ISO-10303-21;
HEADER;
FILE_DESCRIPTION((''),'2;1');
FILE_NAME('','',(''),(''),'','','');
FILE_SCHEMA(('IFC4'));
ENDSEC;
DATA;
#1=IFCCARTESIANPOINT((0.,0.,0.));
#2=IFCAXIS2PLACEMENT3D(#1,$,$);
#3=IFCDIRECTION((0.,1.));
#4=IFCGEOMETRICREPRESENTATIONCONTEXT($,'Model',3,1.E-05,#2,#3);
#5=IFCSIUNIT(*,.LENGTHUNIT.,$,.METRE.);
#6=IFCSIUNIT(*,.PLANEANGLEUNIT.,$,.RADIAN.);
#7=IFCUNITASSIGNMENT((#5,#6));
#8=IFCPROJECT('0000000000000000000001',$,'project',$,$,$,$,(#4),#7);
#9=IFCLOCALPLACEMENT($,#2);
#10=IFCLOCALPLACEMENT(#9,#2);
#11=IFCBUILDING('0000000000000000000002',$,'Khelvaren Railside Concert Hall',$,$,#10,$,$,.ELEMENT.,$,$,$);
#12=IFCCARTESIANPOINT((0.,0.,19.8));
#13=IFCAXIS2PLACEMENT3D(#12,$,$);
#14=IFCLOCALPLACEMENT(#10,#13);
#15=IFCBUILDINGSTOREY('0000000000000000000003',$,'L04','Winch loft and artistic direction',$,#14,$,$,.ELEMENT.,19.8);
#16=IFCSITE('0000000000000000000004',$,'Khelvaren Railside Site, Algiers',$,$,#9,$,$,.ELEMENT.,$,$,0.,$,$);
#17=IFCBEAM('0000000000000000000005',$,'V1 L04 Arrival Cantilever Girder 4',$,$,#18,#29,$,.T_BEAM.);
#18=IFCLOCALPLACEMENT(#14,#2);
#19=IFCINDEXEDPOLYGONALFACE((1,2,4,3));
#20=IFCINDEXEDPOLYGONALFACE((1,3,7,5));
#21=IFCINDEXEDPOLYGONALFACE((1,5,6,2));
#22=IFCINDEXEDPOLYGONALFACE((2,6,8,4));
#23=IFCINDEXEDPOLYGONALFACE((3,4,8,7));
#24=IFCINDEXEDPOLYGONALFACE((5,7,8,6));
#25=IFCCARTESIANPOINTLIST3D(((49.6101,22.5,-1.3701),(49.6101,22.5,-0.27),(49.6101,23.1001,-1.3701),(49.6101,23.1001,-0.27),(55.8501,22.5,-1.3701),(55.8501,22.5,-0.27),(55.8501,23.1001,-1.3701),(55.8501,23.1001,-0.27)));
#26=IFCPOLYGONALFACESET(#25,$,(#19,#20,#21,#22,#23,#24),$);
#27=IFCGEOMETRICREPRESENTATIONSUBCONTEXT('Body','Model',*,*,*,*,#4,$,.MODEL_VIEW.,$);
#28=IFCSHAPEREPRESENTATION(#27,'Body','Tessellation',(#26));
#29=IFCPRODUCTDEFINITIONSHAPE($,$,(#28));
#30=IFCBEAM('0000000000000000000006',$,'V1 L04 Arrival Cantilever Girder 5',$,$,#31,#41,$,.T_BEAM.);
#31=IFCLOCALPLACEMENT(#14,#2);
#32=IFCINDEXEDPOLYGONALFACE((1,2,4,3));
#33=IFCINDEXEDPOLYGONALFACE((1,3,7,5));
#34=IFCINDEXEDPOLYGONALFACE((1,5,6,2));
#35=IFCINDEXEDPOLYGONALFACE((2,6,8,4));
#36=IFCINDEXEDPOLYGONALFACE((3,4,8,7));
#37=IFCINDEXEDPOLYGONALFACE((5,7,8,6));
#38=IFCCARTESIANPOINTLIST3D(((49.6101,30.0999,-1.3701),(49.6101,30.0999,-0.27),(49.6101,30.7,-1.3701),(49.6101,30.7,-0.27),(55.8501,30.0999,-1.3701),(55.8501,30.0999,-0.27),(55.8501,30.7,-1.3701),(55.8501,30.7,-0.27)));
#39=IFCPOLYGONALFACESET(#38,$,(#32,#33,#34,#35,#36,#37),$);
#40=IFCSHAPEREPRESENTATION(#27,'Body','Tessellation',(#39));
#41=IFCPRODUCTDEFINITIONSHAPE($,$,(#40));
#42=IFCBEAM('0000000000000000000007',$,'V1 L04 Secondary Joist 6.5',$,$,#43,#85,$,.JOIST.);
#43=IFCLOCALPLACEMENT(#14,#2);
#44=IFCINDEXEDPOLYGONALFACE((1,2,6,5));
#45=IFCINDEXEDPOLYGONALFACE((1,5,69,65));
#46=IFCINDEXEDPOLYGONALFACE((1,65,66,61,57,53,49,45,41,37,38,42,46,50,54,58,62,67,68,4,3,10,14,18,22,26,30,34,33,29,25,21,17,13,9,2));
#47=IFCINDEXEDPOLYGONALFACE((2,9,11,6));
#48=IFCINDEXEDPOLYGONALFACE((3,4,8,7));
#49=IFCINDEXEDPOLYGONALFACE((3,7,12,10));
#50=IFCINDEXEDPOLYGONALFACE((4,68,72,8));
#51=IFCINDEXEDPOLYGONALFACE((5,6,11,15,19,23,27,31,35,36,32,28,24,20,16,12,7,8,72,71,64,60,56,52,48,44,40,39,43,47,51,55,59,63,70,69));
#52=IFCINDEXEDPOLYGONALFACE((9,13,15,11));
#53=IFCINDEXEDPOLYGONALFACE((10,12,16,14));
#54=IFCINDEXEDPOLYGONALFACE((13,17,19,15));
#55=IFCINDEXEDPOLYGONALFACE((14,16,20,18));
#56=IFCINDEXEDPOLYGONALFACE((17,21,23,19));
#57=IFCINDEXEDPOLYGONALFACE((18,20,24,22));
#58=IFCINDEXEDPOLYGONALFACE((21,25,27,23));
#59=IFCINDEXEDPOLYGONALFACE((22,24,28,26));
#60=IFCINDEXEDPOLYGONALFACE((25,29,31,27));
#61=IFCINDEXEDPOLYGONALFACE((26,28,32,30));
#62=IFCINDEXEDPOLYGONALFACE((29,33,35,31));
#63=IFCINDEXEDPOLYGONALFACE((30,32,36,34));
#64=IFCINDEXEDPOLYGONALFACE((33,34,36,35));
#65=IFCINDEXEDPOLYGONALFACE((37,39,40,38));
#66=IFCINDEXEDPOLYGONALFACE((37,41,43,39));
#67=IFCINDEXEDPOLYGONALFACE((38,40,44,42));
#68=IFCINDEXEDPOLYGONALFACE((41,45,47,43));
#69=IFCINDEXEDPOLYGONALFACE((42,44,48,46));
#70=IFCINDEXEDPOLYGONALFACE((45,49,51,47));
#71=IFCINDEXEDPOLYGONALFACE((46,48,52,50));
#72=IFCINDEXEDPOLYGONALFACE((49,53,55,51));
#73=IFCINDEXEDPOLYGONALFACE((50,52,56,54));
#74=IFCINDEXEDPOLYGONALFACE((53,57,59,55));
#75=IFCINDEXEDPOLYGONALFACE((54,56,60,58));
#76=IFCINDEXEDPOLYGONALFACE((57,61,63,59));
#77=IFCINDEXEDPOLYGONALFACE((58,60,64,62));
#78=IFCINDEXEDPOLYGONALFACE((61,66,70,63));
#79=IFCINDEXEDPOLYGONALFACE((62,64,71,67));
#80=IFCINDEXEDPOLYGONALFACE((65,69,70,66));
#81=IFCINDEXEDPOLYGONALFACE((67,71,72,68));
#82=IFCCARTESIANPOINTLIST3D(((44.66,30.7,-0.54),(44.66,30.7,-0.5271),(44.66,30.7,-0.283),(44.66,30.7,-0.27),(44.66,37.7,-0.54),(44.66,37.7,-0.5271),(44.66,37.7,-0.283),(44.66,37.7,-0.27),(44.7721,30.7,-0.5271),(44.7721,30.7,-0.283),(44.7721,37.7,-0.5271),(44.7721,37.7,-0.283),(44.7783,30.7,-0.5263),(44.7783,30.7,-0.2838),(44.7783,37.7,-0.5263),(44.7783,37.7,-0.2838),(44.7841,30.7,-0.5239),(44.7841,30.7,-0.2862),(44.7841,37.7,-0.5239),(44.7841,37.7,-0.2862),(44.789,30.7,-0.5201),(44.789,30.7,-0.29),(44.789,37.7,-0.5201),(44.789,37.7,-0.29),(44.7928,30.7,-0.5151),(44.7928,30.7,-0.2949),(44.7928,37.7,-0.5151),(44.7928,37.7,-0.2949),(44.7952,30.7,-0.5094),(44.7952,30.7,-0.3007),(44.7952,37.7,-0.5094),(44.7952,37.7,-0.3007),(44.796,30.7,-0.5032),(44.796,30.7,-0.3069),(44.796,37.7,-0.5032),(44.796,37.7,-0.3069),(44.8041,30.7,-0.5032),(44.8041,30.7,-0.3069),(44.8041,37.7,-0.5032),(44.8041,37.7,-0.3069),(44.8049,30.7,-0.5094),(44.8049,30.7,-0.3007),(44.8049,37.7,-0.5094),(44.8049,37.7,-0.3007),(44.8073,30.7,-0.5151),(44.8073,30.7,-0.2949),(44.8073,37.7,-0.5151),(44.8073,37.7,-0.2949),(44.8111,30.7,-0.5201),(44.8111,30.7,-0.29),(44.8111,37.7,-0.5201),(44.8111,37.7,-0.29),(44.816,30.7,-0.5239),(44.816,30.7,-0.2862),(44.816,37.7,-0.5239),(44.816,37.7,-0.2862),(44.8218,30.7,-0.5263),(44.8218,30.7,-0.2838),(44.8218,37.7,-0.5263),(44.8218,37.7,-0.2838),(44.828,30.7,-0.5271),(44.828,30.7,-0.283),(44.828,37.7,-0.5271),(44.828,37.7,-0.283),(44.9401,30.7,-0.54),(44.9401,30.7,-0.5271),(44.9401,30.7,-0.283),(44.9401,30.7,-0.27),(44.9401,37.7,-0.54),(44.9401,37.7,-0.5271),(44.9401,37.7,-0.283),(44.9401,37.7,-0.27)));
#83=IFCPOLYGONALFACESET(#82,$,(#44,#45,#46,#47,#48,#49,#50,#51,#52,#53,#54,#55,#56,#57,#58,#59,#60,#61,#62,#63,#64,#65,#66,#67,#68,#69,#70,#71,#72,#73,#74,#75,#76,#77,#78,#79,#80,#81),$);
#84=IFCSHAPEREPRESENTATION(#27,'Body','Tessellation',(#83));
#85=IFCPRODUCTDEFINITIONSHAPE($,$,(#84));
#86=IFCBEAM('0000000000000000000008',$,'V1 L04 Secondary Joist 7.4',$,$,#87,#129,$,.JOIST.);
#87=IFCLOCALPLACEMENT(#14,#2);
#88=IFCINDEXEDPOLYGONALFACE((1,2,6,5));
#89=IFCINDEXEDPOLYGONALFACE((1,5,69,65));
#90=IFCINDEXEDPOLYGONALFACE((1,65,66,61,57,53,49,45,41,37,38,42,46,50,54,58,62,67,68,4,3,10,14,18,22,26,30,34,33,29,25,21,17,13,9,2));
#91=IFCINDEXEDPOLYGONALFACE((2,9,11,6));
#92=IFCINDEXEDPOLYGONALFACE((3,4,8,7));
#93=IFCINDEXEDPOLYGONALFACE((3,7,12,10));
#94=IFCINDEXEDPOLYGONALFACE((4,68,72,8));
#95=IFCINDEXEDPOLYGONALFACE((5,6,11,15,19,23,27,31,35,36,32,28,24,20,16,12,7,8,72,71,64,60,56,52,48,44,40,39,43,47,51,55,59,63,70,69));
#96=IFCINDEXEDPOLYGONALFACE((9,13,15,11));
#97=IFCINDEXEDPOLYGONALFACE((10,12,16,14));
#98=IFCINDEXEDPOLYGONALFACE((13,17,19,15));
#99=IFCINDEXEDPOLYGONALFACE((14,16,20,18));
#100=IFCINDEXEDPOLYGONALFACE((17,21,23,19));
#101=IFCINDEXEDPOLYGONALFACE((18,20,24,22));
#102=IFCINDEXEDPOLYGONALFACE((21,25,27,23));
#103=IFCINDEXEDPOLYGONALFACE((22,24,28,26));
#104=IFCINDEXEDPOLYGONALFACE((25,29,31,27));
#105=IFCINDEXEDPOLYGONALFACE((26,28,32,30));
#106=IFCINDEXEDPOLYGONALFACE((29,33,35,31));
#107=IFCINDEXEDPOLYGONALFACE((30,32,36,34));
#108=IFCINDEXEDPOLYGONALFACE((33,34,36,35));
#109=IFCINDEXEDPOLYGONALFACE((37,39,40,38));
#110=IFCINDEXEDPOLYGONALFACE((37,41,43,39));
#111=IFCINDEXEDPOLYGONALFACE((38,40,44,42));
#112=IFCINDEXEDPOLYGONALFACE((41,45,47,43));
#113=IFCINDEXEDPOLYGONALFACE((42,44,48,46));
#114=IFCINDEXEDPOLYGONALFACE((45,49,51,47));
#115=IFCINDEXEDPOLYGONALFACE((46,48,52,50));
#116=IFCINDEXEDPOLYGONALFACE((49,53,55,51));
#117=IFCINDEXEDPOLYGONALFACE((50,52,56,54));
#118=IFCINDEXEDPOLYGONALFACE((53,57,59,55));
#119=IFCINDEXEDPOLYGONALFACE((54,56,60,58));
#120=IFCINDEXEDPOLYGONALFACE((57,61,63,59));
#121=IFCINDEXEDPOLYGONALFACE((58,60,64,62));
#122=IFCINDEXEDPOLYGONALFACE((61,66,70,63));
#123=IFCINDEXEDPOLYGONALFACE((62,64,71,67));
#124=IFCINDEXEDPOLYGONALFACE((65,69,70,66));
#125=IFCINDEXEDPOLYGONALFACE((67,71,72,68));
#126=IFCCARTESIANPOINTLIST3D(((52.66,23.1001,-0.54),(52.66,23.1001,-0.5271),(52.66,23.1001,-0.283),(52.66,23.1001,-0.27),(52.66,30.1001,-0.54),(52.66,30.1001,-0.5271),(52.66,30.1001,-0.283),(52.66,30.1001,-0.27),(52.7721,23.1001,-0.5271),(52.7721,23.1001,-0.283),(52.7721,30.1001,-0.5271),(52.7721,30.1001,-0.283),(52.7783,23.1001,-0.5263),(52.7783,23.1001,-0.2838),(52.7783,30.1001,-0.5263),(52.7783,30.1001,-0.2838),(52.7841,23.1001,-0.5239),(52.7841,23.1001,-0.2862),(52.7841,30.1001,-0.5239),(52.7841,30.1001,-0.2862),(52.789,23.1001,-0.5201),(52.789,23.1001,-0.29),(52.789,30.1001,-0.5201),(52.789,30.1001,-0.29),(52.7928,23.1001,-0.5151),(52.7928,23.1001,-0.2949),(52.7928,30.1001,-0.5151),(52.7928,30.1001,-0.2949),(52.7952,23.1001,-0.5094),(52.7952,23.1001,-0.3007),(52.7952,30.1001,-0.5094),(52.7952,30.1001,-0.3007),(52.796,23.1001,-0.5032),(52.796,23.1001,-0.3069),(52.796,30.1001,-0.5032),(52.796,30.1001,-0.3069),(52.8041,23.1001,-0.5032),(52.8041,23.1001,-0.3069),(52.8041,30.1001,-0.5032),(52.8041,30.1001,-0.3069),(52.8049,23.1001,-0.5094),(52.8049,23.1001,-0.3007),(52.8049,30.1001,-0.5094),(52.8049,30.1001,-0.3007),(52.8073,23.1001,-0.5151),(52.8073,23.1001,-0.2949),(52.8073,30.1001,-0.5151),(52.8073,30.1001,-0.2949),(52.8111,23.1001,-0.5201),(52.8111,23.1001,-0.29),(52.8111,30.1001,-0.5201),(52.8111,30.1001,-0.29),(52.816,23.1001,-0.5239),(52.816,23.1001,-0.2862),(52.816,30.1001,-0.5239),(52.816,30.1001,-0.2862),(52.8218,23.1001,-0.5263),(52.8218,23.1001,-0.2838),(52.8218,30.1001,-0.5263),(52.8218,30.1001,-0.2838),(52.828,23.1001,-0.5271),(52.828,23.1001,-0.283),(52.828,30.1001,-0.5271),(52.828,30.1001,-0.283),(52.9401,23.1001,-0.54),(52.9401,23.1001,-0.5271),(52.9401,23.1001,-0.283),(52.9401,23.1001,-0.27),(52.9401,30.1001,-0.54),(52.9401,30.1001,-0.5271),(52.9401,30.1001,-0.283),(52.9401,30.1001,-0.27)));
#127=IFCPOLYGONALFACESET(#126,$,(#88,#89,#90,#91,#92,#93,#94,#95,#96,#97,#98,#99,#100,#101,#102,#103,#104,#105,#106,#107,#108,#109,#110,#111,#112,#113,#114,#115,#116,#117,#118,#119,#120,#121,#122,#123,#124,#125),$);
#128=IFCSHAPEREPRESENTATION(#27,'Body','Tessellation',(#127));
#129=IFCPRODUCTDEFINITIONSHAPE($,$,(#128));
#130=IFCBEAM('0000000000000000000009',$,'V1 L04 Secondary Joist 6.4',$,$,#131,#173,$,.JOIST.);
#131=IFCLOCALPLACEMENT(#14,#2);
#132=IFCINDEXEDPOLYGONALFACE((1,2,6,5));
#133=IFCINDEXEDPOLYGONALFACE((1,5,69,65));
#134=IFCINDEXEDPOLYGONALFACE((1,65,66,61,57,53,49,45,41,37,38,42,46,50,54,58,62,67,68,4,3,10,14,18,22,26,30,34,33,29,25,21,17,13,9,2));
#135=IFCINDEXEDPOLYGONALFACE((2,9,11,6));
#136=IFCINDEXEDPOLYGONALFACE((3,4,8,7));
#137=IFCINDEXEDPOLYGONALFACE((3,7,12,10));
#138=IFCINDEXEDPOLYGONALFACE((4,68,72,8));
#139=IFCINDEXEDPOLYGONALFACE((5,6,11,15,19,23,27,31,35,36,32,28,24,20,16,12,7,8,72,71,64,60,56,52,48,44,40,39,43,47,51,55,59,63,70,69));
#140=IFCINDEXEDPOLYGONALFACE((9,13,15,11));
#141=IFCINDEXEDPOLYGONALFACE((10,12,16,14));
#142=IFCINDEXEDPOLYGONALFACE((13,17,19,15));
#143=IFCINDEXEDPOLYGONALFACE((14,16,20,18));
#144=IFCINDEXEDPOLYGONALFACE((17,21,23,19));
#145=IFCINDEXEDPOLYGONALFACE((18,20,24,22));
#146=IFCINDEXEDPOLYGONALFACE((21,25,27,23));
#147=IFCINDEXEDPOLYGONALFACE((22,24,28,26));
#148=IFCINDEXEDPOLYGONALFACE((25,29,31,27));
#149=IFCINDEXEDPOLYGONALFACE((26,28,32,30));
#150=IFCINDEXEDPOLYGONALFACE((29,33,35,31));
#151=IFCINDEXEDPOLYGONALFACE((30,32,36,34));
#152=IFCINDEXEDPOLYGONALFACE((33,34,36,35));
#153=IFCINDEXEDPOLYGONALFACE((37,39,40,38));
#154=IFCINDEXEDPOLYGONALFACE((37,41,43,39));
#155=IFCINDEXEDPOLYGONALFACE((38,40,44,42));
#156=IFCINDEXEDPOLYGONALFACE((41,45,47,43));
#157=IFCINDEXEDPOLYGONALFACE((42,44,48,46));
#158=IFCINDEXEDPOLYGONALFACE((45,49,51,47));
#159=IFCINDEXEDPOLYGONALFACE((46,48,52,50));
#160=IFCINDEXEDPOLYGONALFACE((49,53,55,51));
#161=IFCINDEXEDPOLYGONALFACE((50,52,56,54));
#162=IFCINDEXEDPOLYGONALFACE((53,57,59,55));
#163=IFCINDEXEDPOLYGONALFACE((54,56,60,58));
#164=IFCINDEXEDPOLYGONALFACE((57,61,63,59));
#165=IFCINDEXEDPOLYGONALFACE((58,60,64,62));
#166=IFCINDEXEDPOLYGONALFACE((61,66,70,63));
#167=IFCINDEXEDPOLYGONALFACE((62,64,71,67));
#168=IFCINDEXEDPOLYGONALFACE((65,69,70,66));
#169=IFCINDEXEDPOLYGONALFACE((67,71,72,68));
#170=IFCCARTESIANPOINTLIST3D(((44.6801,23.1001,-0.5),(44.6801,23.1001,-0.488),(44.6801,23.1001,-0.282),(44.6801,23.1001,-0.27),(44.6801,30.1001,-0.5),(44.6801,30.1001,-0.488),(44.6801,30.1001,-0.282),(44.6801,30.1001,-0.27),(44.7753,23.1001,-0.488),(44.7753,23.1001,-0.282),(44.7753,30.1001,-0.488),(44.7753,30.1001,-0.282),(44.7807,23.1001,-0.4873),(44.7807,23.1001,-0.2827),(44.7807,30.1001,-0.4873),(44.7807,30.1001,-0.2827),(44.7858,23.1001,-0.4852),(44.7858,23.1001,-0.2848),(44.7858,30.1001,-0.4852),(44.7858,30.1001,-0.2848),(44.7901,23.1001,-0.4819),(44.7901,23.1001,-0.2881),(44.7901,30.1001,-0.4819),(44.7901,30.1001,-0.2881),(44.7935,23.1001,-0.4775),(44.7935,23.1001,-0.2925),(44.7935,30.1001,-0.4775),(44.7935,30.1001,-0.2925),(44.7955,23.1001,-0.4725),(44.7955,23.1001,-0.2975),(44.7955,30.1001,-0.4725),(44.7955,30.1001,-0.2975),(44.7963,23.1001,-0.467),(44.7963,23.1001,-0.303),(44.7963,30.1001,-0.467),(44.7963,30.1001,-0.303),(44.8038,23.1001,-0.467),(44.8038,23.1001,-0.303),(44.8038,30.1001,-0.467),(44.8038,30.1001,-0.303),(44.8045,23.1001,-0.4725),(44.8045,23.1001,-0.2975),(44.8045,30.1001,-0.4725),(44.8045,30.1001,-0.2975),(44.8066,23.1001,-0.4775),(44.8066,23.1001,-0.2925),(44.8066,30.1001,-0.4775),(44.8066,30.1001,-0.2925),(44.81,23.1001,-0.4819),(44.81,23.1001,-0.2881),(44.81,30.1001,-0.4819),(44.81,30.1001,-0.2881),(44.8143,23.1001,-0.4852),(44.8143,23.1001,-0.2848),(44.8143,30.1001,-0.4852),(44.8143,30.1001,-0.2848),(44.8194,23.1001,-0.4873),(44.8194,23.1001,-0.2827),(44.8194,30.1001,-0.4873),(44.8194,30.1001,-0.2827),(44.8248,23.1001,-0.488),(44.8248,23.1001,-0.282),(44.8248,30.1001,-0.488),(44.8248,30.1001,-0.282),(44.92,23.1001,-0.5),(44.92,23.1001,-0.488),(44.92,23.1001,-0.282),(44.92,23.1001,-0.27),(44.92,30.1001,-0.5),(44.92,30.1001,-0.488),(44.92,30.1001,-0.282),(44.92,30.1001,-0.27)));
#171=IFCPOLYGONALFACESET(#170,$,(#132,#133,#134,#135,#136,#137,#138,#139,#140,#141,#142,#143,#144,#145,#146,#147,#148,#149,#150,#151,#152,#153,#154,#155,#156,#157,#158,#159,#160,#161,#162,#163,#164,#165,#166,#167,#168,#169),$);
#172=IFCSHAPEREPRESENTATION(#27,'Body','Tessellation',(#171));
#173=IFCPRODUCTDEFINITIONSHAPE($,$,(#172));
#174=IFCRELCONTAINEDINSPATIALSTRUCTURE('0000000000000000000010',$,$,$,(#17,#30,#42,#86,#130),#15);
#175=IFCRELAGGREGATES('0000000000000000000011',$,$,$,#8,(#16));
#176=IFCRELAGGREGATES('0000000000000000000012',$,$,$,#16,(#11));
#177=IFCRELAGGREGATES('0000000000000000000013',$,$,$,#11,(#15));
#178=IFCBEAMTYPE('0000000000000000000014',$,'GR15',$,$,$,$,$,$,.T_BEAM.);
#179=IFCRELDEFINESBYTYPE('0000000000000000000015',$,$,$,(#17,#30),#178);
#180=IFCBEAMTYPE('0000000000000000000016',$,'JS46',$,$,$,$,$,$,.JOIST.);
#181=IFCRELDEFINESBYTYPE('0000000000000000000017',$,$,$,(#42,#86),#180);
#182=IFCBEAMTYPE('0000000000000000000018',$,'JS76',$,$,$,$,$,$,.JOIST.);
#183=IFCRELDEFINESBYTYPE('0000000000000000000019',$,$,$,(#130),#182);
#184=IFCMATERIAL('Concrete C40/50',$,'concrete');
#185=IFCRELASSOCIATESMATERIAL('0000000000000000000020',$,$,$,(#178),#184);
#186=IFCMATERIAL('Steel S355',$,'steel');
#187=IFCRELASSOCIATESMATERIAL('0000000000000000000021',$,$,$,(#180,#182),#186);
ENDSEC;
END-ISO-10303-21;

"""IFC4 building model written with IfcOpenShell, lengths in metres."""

from ifc_helpers import new_model, si_unit, direction, frame, origin, origin_2d, place, context, subcontext, project, spatial, rectangle, i_section, extrude, material, material_profile, profile_set, type_object, element, save


model = new_model("IFC4")

# Units and contexts
model_context = context("Model", 3, precision=1e-05, world=origin(), true_north=direction((0.0, 1.0)))
body_context = subcontext(model_context, "Body", "Model", "MODEL_VIEW")
ifc_project = project(units=[si_unit("LENGTHUNIT", "METRE"), si_unit("PLANEANGLEUNIT", "RADIAN")], contexts=[model_context])

# Site, building, storey
site_placement = place(None, origin())
site = spatial("IfcSite", under=ifc_project, at=site_placement, Name="Khelvaren Railside Site, Algiers", CompositionType="ELEMENT", RefElevation=0.0)
building_placement = place(site_placement, origin())
building = spatial("IfcBuilding", under=site, at=building_placement, Name="Khelvaren Railside Concert Hall", CompositionType="ELEMENT")
storey_placement = place(building_placement, frame((0.0, 0.0, 19.8)))
storey = spatial("IfcBuildingStorey", under=building, at=storey_placement, Name="L04", Description="Winch loft and artistic direction", CompositionType="ELEMENT", Elevation=19.8)

# Shared definitions
ifc_material_1 = material(Name="Steel S355", Category="steel")

# Beams
ifc_material_2 = material(Name="Concrete C40/50", Category="concrete")
ifc_material_profile_1 = material_profile(ifc_material_2, rectangle(XDim=0.6001, YDim=1.1001, at=origin_2d()), Name="RCB 600x1100")
ifc_profile_set_1 = profile_set([ifc_material_profile_1], Name="Concrete C40/50")
beam_type_1 = type_object("IfcBeamType", Name="GR15", PredefinedType="T_BEAM", material=ifc_profile_set_1)
for number, where, z_axis, x_axis, name in (
    (1, (49.6101, 22.8, -0.8201), (1.0, 0.0, 0.0), (0.0, 1.0, 0.0), "V1 L04 Arrival Cantilever Girder 4"),
    (2, (49.6101, 30.3999, -0.8201), (1.0, 0.0, 0.0), (0.0, 1.0, 0.0), "V1 L04 Arrival Cantilever Girder 5"),
):
    element("IfcBeam", number, at=place(storey_placement, frame(where, z_axis=z_axis, x_axis=x_axis)), inside=storey, type_object=beam_type_1, Name=name, PredefinedType="T_BEAM", context=body_context, shape_type="SweptSolid", body=[
        extrude(rectangle(XDim=0.6001, YDim=1.1001, at=origin_2d()), origin(), (0.0, 0.0, 1.0), 6.24),
    ])
ifc_material_profile_2 = material_profile(ifc_material_1, i_section(OverallWidth=0.28, OverallDepth=0.27, WebThickness=0.0081, FlangeThickness=0.0129, FilletRadius=0.0239, at=origin_2d()), Name="HEA 280")
ifc_profile_set_2 = profile_set([ifc_material_profile_2], Name="Steel S355")
beam_type_2 = type_object("IfcBeamType", Name="JS46", PredefinedType="JOIST", material=ifc_profile_set_2)
for number, where, z_axis, x_axis, name in (
    (3, (44.8, 30.7, -0.405), (0.0, 1.0, 0.0), (-1.0, 0.0, 0.0), "V1 L04 Secondary Joist 6.5"),
    (4, (52.8, 23.1001, -0.405), (0.0, 1.0, 0.0), (-1.0, 0.0, 0.0), "V1 L04 Secondary Joist 7.4"),
):
    element("IfcBeam", number, at=place(storey_placement, frame(where, z_axis=z_axis, x_axis=x_axis)), inside=storey, type_object=beam_type_2, Name=name, PredefinedType="JOIST", context=body_context, shape_type="SweptSolid", body=[
        extrude(i_section(OverallWidth=0.28, OverallDepth=0.27, WebThickness=0.0081, FlangeThickness=0.0129, FilletRadius=0.0239, at=origin_2d()), origin(), (0.0, 0.0, 1.0), 7.0),
    ])
ifc_material_profile_3 = material_profile(ifc_material_1, i_section(OverallWidth=0.24, OverallDepth=0.23, WebThickness=0.0076, FlangeThickness=0.012, FilletRadius=0.021, at=origin_2d()), Name="HEA 240")
ifc_profile_set_3 = profile_set([ifc_material_profile_3], Name="Steel S355")
beam_type_3 = type_object("IfcBeamType", Name="JS76", PredefinedType="JOIST", material=ifc_profile_set_3)
beam_1_placement = place(storey_placement, frame((44.8, 23.1001, -0.385), z_axis=(0.0, 1.0, 0.0), x_axis=(-1.0, 0.0, 0.0)))
element("IfcBeam", 5, at=beam_1_placement, inside=storey, type_object=beam_type_3, Name="V1 L04 Secondary Joist 6.4", PredefinedType="JOIST", context=body_context, shape_type="SweptSolid", body=[
    extrude(i_section(OverallWidth=0.24, OverallDepth=0.23, WebThickness=0.0076, FlangeThickness=0.012, FilletRadius=0.021, at=origin_2d()), origin(), (0.0, 0.0, 1.0), 7.0),
])

save(model, "model.ifc")
